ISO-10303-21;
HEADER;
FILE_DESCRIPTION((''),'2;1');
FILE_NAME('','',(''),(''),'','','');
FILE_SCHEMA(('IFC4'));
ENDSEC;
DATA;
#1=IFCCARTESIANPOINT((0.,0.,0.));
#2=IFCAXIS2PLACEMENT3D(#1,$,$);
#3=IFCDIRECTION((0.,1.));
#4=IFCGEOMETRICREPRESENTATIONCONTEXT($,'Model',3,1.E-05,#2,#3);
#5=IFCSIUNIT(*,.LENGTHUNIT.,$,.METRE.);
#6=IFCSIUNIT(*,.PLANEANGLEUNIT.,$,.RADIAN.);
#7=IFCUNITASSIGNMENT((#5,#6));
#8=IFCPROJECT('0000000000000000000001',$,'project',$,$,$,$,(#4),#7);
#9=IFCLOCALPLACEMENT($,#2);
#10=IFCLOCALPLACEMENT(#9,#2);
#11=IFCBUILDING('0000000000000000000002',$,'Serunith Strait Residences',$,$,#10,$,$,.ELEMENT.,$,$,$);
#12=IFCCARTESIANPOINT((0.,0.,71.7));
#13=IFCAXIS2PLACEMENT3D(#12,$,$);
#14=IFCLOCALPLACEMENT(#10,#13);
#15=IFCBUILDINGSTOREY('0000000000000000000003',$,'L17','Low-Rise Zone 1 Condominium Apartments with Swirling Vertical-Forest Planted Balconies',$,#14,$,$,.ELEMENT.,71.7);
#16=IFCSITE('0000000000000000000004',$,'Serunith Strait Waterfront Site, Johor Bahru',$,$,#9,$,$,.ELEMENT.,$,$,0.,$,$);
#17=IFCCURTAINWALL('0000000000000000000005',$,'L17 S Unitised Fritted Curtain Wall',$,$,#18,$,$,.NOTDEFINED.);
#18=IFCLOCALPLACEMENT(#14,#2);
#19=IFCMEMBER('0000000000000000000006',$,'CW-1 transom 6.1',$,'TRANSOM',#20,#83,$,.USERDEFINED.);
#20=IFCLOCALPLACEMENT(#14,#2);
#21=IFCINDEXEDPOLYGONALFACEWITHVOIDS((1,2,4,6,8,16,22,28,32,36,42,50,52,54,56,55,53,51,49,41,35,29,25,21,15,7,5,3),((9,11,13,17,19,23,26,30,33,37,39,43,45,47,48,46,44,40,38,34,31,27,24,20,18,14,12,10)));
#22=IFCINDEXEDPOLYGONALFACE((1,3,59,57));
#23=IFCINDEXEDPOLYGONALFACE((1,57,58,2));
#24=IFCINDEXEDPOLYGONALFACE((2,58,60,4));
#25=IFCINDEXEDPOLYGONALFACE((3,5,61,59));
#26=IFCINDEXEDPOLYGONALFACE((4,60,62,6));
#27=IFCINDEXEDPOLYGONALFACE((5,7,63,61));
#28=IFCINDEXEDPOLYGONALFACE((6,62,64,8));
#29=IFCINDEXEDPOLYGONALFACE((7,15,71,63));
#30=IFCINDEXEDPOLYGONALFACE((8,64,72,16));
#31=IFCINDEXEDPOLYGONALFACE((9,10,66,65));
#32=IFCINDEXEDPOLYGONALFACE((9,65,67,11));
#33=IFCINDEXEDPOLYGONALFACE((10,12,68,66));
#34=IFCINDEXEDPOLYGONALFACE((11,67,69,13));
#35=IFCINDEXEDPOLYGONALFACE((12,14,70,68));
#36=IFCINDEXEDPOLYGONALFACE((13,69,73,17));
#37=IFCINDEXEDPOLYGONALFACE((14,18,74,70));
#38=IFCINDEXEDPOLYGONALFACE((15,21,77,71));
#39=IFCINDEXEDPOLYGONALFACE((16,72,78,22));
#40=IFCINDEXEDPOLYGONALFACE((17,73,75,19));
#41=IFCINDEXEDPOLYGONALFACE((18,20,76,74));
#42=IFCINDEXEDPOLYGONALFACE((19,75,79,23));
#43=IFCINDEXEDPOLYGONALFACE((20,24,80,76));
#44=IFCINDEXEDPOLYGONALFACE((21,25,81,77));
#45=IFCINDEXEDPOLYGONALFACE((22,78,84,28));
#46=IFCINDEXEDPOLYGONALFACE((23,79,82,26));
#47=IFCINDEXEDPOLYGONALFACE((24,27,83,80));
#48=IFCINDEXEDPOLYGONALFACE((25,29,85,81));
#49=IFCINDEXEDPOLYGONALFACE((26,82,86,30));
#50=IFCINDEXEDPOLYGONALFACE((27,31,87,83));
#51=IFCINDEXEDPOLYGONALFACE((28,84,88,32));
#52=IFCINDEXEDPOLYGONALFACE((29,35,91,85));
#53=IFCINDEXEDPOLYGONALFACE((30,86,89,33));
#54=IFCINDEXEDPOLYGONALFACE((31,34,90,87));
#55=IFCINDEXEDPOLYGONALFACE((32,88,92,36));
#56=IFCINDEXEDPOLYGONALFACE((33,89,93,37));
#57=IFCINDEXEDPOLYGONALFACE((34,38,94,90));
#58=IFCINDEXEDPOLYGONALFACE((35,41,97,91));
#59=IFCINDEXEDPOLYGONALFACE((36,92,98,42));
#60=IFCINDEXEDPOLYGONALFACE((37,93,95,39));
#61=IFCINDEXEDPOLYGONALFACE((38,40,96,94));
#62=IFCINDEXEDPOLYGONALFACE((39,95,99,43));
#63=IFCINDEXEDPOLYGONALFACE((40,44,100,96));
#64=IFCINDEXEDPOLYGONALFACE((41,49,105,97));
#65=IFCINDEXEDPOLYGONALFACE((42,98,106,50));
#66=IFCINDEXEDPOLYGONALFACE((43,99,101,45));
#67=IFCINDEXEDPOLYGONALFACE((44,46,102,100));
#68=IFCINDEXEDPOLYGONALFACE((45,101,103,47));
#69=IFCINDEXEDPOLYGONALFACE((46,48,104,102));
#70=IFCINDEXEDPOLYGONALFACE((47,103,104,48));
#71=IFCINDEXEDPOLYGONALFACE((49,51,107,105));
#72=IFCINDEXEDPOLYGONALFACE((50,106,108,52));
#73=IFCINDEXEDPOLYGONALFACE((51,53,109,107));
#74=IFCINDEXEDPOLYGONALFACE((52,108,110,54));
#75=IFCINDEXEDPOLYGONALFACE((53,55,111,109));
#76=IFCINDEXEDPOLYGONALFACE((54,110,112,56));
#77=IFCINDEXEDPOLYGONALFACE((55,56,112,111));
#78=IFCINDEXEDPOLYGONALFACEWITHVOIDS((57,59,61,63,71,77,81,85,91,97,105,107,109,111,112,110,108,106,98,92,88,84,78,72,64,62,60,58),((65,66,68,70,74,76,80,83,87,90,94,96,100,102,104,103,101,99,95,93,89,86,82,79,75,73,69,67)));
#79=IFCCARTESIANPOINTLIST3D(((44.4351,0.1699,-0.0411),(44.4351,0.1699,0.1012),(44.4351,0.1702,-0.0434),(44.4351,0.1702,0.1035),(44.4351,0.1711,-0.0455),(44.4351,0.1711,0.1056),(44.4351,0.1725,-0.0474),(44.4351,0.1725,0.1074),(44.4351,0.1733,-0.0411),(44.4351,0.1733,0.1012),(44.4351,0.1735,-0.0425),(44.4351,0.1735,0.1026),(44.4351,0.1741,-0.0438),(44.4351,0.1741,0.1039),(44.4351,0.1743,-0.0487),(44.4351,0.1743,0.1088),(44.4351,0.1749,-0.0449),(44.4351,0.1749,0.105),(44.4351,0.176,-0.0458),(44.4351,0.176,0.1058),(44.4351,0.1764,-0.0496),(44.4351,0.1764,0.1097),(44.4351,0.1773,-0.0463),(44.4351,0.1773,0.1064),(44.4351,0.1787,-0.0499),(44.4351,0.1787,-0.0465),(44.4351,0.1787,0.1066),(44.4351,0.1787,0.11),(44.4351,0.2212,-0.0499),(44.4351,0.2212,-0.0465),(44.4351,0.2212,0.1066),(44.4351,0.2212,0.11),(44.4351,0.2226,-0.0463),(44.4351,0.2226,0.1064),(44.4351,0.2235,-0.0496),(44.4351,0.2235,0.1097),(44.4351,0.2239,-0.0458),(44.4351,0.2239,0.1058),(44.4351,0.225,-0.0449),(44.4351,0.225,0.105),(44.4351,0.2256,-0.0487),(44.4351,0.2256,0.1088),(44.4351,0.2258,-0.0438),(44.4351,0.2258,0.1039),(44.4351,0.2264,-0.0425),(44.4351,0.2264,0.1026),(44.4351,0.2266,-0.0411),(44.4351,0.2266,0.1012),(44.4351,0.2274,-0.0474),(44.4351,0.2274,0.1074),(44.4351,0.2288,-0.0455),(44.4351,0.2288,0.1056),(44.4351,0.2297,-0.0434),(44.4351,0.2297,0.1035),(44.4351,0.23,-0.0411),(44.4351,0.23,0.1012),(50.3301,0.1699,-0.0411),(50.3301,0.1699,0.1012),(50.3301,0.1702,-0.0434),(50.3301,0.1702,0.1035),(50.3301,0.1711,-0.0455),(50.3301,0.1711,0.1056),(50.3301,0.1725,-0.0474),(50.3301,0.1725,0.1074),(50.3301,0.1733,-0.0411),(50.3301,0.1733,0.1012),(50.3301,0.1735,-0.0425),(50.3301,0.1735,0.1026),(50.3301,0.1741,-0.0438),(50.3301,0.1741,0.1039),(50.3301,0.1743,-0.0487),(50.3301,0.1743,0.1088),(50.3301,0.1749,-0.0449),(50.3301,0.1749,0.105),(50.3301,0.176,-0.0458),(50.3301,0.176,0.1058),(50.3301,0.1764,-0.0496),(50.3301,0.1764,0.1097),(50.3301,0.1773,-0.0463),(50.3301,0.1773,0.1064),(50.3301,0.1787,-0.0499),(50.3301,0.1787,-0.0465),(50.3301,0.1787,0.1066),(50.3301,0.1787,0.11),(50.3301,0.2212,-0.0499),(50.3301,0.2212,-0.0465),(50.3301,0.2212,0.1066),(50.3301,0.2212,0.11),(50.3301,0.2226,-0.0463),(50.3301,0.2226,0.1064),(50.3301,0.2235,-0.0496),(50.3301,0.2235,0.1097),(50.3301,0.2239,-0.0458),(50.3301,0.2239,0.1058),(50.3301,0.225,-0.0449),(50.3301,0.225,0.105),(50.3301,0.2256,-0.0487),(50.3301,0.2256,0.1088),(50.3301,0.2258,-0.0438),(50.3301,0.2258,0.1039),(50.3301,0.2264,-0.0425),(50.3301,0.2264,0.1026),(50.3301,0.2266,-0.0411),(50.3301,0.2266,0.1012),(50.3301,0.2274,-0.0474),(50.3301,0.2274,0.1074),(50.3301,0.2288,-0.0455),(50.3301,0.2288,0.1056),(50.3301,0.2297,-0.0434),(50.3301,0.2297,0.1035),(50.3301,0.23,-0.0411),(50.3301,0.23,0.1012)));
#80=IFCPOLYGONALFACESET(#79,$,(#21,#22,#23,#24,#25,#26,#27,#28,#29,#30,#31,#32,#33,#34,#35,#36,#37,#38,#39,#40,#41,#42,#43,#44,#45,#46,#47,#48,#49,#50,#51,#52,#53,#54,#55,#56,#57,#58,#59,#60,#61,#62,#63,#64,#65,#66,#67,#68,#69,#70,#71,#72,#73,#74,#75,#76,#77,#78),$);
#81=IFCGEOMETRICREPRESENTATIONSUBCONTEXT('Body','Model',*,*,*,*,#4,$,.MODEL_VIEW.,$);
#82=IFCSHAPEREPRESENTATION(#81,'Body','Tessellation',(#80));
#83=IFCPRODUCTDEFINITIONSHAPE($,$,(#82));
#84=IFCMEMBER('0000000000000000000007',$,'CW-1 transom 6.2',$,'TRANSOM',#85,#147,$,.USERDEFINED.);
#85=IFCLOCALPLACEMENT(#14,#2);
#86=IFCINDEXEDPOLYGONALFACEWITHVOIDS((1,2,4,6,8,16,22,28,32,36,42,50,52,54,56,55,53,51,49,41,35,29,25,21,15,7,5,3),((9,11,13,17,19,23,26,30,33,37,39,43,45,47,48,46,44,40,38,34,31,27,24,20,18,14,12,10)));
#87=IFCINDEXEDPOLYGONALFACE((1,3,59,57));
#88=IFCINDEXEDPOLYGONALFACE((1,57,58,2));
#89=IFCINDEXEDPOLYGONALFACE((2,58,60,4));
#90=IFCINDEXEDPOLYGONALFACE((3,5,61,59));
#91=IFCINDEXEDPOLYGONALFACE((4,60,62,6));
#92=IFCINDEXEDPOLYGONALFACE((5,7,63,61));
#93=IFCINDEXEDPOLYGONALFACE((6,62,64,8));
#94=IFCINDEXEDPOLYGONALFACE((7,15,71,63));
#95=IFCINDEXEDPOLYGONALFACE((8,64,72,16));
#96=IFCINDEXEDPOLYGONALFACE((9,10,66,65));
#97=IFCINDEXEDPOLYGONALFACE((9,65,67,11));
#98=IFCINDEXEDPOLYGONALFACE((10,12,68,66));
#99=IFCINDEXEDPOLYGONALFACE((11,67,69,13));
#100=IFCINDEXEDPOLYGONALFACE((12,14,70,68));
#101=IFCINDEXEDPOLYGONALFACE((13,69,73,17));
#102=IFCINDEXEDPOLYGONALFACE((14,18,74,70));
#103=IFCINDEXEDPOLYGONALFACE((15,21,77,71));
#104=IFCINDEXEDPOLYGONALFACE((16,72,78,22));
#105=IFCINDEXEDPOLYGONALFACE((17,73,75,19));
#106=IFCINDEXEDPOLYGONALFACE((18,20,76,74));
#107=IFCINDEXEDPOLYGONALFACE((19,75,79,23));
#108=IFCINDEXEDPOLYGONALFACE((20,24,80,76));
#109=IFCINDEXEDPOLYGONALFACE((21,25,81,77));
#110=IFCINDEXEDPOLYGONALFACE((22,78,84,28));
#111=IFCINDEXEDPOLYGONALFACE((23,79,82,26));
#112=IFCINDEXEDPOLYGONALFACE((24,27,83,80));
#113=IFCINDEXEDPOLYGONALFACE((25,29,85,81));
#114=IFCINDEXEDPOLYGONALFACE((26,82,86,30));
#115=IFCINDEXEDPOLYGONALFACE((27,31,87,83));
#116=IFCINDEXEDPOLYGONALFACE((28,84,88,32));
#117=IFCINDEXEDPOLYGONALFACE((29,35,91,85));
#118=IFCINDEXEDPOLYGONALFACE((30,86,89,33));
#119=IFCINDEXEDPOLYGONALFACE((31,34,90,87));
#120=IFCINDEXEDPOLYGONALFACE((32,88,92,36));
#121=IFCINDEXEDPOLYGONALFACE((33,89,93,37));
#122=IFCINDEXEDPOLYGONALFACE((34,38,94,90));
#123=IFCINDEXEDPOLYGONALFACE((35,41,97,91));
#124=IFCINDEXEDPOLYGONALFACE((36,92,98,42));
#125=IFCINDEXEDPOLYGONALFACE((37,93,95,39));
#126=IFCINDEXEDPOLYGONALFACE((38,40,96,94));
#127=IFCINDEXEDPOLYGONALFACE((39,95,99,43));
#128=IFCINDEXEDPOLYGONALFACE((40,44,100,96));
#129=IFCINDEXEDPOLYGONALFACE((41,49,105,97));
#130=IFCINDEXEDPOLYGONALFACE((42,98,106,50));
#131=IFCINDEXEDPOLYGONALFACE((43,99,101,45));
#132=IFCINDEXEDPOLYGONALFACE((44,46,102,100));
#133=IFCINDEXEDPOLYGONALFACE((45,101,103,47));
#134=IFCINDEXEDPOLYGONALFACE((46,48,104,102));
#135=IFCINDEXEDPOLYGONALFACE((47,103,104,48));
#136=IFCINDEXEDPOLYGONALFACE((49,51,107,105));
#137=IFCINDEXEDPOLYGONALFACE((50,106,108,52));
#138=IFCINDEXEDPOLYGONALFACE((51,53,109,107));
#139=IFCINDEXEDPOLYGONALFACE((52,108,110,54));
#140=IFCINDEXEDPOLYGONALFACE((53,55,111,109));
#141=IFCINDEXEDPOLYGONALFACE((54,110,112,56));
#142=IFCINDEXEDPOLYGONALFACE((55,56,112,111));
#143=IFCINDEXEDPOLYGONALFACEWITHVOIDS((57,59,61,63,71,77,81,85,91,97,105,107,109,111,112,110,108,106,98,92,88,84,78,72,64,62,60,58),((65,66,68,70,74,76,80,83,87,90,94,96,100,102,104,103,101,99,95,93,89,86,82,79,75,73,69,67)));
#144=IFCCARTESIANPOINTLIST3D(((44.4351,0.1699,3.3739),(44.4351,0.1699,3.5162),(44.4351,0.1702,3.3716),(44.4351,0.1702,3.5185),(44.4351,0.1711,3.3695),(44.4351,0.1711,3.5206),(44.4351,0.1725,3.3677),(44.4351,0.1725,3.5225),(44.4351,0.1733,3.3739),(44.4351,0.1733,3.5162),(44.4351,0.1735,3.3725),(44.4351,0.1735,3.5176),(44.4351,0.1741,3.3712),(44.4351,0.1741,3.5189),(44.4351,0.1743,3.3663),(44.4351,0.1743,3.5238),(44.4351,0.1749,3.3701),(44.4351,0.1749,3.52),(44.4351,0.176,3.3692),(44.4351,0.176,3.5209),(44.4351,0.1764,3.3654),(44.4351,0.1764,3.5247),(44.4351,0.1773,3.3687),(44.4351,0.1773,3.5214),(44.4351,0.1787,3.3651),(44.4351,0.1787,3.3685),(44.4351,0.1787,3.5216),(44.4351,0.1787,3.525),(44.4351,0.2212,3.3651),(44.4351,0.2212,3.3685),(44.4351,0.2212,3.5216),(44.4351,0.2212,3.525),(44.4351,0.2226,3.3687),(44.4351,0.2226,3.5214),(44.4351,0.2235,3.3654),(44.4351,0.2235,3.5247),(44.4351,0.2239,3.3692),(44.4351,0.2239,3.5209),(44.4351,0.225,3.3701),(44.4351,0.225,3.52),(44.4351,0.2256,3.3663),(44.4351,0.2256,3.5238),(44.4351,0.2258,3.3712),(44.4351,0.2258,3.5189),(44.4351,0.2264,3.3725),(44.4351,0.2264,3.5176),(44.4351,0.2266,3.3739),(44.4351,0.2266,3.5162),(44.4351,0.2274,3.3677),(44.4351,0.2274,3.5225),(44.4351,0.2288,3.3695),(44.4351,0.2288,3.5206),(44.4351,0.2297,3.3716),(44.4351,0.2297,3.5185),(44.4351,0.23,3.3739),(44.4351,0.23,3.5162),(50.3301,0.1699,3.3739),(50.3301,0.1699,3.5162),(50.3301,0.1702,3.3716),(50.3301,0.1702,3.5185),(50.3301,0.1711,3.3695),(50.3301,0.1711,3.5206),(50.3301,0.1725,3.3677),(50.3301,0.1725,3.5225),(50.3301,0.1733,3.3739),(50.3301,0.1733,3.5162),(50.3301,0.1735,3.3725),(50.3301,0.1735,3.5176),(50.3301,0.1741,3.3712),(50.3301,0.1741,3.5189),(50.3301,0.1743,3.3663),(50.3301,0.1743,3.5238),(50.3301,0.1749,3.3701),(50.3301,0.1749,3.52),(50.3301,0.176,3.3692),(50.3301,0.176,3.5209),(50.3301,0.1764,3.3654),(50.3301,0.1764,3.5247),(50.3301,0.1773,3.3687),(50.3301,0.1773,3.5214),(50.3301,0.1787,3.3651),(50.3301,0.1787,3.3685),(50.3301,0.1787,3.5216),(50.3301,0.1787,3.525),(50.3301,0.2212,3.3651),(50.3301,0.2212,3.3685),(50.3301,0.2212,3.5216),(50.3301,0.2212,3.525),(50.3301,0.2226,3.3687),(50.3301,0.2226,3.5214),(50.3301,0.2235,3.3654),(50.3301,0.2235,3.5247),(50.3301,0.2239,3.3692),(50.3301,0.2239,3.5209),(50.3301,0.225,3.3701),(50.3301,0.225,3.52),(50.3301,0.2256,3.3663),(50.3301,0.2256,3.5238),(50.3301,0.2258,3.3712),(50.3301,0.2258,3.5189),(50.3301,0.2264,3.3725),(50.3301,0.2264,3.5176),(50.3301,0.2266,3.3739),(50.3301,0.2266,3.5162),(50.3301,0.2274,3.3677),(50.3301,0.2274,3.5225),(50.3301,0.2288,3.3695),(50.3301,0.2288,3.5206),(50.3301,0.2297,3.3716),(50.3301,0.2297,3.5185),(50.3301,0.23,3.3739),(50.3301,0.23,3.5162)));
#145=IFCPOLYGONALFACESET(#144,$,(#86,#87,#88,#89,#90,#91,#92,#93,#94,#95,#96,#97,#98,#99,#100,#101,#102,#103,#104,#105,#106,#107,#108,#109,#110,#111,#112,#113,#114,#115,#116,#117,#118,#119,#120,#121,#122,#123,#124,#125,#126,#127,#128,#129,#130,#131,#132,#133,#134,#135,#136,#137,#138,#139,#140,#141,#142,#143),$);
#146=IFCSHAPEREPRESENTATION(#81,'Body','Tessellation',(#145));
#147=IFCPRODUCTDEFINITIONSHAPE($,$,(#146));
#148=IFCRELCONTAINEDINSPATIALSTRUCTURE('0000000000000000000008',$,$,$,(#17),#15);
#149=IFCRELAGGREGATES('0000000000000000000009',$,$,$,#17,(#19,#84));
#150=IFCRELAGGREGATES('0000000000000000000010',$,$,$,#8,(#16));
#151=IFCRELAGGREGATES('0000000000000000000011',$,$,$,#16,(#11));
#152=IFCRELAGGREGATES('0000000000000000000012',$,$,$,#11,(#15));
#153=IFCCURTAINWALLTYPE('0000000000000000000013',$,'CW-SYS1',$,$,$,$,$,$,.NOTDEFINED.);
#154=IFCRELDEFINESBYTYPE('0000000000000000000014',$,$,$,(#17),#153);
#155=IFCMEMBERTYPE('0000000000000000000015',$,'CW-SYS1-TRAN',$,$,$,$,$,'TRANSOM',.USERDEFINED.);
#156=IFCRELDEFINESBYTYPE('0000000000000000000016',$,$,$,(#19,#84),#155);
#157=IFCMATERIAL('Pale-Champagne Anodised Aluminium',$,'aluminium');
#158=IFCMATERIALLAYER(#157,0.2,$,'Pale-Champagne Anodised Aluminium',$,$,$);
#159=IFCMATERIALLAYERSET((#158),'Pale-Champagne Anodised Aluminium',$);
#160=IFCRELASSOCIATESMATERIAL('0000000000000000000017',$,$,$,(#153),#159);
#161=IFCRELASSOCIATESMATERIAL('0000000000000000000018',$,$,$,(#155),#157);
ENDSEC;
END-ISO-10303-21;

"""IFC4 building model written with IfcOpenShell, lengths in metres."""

from ifc_helpers import new_model, si_unit, direction, frame, origin, origin_2d, place, context, subcontext, project, spatial, hollow_rectangle, extrude, source, transform, mapped, material, layer, layer_set, material_profile, profile_set, type_object, element, aggregate, save


model = new_model("IFC4")

# Units and contexts
model_context = context("Model", 3, precision=1e-05, world=origin(), true_north=direction((0.0, 1.0)))
body_context = subcontext(model_context, "Body", "Model", "MODEL_VIEW")
ifc_project = project(units=[si_unit("LENGTHUNIT", "METRE"), si_unit("PLANEANGLEUNIT", "RADIAN")], contexts=[model_context])

# Site, building, storey
site_placement = place(None, origin())
site = spatial("IfcSite", under=ifc_project, at=site_placement, Name="Serunith Strait Waterfront Site, Johor Bahru", CompositionType="ELEMENT", RefElevation=0.0)
building_placement = place(site_placement, origin())
building = spatial("IfcBuilding", under=site, at=building_placement, Name="Serunith Strait Residences", CompositionType="ELEMENT")
storey_placement = place(building_placement, frame((0.0, 0.0, 71.7)))
storey = spatial("IfcBuildingStorey", under=building, at=storey_placement, Name="L17", Description="Low-Rise Zone 1 Condominium Apartments with Swirling Vertical-Forest Planted Balconies", CompositionType="ELEMENT", Elevation=71.7)

# Curtain wall, members
ifc_material_1 = material(Name="Pale-Champagne Anodised Aluminium", Category="aluminium")
ifc_layer_1 = layer(ifc_material_1, 0.2, Name="Pale-Champagne Anodised Aluminium")
ifc_layer_set_1 = layer_set([ifc_layer_1], Name="Pale-Champagne Anodised Aluminium")
curtain_wall_type = type_object("IfcCurtainWallType", Name="CW-SYS1", PredefinedType="NOTDEFINED", material=ifc_layer_set_1)
curtain_wall_placement = place(storey_placement, origin())
curtain_wall = element("IfcCurtainWall", 1, at=curtain_wall_placement, inside=storey, type_object=curtain_wall_type, Name="L17 S Unitised Fritted Curtain Wall", PredefinedType="NOTDEFINED")
ifc_material_profile_1 = material_profile(ifc_material_1, hollow_rectangle(XDim=0.0601, YDim=0.1599, WallThickness=0.0034, InnerFilletRadius=0.0054, OuterFilletRadius=0.0088, at=origin_2d()), Name="ALU 160x60x3.5")
ifc_profile_set_1 = profile_set([ifc_material_profile_1], Name="Pale-Champagne Anodised Aluminium")
member_type_1 = type_object("IfcMemberType", Name="CW-SYS1-TRAN", ElementType="TRANSOM", PredefinedType="USERDEFINED", material=ifc_profile_set_1)
shared_shape_1 = source(origin(), body_context, "Body", "SweptSolid", [
    extrude(hollow_rectangle(XDim=0.0601, YDim=0.1599, WallThickness=0.0034, InnerFilletRadius=0.0054, OuterFilletRadius=0.0088, at=origin_2d()), origin(), (0.0, 0.0, 1.0), 5.895),
])
member_1_placement = place(storey_placement, frame((44.4351, 0.2, 0.03), z_axis=(1.0, 0.0, 0.0), x_axis=(0.0, 1.0, 0.0)))
member_1 = element("IfcMember", 2, at=member_1_placement, type_object=member_type_1, Name="CW-1 transom 6.1", ObjectType="TRANSOM", PredefinedType="USERDEFINED", context=body_context, shape_type="MappedRepresentation", body=[
    mapped(shared_shape_1, transform((0.0, 0.0, 0.0), scale=1.0)),
])
member_2_placement = place(storey_placement, frame((44.4351, 0.2, 3.4451), z_axis=(1.0, 0.0, 0.0), x_axis=(0.0, 1.0, 0.0)))
member_2 = element("IfcMember", 3, at=member_2_placement, type_object=member_type_1, Name="CW-1 transom 6.2", ObjectType="TRANSOM", PredefinedType="USERDEFINED", context=body_context, shape_type="MappedRepresentation", body=[
    mapped(shared_shape_1, transform((0.0, 0.0, 0.0), scale=1.0)),
])
aggregate(curtain_wall, [member_1, member_2])

save(model, "model.ifc")
